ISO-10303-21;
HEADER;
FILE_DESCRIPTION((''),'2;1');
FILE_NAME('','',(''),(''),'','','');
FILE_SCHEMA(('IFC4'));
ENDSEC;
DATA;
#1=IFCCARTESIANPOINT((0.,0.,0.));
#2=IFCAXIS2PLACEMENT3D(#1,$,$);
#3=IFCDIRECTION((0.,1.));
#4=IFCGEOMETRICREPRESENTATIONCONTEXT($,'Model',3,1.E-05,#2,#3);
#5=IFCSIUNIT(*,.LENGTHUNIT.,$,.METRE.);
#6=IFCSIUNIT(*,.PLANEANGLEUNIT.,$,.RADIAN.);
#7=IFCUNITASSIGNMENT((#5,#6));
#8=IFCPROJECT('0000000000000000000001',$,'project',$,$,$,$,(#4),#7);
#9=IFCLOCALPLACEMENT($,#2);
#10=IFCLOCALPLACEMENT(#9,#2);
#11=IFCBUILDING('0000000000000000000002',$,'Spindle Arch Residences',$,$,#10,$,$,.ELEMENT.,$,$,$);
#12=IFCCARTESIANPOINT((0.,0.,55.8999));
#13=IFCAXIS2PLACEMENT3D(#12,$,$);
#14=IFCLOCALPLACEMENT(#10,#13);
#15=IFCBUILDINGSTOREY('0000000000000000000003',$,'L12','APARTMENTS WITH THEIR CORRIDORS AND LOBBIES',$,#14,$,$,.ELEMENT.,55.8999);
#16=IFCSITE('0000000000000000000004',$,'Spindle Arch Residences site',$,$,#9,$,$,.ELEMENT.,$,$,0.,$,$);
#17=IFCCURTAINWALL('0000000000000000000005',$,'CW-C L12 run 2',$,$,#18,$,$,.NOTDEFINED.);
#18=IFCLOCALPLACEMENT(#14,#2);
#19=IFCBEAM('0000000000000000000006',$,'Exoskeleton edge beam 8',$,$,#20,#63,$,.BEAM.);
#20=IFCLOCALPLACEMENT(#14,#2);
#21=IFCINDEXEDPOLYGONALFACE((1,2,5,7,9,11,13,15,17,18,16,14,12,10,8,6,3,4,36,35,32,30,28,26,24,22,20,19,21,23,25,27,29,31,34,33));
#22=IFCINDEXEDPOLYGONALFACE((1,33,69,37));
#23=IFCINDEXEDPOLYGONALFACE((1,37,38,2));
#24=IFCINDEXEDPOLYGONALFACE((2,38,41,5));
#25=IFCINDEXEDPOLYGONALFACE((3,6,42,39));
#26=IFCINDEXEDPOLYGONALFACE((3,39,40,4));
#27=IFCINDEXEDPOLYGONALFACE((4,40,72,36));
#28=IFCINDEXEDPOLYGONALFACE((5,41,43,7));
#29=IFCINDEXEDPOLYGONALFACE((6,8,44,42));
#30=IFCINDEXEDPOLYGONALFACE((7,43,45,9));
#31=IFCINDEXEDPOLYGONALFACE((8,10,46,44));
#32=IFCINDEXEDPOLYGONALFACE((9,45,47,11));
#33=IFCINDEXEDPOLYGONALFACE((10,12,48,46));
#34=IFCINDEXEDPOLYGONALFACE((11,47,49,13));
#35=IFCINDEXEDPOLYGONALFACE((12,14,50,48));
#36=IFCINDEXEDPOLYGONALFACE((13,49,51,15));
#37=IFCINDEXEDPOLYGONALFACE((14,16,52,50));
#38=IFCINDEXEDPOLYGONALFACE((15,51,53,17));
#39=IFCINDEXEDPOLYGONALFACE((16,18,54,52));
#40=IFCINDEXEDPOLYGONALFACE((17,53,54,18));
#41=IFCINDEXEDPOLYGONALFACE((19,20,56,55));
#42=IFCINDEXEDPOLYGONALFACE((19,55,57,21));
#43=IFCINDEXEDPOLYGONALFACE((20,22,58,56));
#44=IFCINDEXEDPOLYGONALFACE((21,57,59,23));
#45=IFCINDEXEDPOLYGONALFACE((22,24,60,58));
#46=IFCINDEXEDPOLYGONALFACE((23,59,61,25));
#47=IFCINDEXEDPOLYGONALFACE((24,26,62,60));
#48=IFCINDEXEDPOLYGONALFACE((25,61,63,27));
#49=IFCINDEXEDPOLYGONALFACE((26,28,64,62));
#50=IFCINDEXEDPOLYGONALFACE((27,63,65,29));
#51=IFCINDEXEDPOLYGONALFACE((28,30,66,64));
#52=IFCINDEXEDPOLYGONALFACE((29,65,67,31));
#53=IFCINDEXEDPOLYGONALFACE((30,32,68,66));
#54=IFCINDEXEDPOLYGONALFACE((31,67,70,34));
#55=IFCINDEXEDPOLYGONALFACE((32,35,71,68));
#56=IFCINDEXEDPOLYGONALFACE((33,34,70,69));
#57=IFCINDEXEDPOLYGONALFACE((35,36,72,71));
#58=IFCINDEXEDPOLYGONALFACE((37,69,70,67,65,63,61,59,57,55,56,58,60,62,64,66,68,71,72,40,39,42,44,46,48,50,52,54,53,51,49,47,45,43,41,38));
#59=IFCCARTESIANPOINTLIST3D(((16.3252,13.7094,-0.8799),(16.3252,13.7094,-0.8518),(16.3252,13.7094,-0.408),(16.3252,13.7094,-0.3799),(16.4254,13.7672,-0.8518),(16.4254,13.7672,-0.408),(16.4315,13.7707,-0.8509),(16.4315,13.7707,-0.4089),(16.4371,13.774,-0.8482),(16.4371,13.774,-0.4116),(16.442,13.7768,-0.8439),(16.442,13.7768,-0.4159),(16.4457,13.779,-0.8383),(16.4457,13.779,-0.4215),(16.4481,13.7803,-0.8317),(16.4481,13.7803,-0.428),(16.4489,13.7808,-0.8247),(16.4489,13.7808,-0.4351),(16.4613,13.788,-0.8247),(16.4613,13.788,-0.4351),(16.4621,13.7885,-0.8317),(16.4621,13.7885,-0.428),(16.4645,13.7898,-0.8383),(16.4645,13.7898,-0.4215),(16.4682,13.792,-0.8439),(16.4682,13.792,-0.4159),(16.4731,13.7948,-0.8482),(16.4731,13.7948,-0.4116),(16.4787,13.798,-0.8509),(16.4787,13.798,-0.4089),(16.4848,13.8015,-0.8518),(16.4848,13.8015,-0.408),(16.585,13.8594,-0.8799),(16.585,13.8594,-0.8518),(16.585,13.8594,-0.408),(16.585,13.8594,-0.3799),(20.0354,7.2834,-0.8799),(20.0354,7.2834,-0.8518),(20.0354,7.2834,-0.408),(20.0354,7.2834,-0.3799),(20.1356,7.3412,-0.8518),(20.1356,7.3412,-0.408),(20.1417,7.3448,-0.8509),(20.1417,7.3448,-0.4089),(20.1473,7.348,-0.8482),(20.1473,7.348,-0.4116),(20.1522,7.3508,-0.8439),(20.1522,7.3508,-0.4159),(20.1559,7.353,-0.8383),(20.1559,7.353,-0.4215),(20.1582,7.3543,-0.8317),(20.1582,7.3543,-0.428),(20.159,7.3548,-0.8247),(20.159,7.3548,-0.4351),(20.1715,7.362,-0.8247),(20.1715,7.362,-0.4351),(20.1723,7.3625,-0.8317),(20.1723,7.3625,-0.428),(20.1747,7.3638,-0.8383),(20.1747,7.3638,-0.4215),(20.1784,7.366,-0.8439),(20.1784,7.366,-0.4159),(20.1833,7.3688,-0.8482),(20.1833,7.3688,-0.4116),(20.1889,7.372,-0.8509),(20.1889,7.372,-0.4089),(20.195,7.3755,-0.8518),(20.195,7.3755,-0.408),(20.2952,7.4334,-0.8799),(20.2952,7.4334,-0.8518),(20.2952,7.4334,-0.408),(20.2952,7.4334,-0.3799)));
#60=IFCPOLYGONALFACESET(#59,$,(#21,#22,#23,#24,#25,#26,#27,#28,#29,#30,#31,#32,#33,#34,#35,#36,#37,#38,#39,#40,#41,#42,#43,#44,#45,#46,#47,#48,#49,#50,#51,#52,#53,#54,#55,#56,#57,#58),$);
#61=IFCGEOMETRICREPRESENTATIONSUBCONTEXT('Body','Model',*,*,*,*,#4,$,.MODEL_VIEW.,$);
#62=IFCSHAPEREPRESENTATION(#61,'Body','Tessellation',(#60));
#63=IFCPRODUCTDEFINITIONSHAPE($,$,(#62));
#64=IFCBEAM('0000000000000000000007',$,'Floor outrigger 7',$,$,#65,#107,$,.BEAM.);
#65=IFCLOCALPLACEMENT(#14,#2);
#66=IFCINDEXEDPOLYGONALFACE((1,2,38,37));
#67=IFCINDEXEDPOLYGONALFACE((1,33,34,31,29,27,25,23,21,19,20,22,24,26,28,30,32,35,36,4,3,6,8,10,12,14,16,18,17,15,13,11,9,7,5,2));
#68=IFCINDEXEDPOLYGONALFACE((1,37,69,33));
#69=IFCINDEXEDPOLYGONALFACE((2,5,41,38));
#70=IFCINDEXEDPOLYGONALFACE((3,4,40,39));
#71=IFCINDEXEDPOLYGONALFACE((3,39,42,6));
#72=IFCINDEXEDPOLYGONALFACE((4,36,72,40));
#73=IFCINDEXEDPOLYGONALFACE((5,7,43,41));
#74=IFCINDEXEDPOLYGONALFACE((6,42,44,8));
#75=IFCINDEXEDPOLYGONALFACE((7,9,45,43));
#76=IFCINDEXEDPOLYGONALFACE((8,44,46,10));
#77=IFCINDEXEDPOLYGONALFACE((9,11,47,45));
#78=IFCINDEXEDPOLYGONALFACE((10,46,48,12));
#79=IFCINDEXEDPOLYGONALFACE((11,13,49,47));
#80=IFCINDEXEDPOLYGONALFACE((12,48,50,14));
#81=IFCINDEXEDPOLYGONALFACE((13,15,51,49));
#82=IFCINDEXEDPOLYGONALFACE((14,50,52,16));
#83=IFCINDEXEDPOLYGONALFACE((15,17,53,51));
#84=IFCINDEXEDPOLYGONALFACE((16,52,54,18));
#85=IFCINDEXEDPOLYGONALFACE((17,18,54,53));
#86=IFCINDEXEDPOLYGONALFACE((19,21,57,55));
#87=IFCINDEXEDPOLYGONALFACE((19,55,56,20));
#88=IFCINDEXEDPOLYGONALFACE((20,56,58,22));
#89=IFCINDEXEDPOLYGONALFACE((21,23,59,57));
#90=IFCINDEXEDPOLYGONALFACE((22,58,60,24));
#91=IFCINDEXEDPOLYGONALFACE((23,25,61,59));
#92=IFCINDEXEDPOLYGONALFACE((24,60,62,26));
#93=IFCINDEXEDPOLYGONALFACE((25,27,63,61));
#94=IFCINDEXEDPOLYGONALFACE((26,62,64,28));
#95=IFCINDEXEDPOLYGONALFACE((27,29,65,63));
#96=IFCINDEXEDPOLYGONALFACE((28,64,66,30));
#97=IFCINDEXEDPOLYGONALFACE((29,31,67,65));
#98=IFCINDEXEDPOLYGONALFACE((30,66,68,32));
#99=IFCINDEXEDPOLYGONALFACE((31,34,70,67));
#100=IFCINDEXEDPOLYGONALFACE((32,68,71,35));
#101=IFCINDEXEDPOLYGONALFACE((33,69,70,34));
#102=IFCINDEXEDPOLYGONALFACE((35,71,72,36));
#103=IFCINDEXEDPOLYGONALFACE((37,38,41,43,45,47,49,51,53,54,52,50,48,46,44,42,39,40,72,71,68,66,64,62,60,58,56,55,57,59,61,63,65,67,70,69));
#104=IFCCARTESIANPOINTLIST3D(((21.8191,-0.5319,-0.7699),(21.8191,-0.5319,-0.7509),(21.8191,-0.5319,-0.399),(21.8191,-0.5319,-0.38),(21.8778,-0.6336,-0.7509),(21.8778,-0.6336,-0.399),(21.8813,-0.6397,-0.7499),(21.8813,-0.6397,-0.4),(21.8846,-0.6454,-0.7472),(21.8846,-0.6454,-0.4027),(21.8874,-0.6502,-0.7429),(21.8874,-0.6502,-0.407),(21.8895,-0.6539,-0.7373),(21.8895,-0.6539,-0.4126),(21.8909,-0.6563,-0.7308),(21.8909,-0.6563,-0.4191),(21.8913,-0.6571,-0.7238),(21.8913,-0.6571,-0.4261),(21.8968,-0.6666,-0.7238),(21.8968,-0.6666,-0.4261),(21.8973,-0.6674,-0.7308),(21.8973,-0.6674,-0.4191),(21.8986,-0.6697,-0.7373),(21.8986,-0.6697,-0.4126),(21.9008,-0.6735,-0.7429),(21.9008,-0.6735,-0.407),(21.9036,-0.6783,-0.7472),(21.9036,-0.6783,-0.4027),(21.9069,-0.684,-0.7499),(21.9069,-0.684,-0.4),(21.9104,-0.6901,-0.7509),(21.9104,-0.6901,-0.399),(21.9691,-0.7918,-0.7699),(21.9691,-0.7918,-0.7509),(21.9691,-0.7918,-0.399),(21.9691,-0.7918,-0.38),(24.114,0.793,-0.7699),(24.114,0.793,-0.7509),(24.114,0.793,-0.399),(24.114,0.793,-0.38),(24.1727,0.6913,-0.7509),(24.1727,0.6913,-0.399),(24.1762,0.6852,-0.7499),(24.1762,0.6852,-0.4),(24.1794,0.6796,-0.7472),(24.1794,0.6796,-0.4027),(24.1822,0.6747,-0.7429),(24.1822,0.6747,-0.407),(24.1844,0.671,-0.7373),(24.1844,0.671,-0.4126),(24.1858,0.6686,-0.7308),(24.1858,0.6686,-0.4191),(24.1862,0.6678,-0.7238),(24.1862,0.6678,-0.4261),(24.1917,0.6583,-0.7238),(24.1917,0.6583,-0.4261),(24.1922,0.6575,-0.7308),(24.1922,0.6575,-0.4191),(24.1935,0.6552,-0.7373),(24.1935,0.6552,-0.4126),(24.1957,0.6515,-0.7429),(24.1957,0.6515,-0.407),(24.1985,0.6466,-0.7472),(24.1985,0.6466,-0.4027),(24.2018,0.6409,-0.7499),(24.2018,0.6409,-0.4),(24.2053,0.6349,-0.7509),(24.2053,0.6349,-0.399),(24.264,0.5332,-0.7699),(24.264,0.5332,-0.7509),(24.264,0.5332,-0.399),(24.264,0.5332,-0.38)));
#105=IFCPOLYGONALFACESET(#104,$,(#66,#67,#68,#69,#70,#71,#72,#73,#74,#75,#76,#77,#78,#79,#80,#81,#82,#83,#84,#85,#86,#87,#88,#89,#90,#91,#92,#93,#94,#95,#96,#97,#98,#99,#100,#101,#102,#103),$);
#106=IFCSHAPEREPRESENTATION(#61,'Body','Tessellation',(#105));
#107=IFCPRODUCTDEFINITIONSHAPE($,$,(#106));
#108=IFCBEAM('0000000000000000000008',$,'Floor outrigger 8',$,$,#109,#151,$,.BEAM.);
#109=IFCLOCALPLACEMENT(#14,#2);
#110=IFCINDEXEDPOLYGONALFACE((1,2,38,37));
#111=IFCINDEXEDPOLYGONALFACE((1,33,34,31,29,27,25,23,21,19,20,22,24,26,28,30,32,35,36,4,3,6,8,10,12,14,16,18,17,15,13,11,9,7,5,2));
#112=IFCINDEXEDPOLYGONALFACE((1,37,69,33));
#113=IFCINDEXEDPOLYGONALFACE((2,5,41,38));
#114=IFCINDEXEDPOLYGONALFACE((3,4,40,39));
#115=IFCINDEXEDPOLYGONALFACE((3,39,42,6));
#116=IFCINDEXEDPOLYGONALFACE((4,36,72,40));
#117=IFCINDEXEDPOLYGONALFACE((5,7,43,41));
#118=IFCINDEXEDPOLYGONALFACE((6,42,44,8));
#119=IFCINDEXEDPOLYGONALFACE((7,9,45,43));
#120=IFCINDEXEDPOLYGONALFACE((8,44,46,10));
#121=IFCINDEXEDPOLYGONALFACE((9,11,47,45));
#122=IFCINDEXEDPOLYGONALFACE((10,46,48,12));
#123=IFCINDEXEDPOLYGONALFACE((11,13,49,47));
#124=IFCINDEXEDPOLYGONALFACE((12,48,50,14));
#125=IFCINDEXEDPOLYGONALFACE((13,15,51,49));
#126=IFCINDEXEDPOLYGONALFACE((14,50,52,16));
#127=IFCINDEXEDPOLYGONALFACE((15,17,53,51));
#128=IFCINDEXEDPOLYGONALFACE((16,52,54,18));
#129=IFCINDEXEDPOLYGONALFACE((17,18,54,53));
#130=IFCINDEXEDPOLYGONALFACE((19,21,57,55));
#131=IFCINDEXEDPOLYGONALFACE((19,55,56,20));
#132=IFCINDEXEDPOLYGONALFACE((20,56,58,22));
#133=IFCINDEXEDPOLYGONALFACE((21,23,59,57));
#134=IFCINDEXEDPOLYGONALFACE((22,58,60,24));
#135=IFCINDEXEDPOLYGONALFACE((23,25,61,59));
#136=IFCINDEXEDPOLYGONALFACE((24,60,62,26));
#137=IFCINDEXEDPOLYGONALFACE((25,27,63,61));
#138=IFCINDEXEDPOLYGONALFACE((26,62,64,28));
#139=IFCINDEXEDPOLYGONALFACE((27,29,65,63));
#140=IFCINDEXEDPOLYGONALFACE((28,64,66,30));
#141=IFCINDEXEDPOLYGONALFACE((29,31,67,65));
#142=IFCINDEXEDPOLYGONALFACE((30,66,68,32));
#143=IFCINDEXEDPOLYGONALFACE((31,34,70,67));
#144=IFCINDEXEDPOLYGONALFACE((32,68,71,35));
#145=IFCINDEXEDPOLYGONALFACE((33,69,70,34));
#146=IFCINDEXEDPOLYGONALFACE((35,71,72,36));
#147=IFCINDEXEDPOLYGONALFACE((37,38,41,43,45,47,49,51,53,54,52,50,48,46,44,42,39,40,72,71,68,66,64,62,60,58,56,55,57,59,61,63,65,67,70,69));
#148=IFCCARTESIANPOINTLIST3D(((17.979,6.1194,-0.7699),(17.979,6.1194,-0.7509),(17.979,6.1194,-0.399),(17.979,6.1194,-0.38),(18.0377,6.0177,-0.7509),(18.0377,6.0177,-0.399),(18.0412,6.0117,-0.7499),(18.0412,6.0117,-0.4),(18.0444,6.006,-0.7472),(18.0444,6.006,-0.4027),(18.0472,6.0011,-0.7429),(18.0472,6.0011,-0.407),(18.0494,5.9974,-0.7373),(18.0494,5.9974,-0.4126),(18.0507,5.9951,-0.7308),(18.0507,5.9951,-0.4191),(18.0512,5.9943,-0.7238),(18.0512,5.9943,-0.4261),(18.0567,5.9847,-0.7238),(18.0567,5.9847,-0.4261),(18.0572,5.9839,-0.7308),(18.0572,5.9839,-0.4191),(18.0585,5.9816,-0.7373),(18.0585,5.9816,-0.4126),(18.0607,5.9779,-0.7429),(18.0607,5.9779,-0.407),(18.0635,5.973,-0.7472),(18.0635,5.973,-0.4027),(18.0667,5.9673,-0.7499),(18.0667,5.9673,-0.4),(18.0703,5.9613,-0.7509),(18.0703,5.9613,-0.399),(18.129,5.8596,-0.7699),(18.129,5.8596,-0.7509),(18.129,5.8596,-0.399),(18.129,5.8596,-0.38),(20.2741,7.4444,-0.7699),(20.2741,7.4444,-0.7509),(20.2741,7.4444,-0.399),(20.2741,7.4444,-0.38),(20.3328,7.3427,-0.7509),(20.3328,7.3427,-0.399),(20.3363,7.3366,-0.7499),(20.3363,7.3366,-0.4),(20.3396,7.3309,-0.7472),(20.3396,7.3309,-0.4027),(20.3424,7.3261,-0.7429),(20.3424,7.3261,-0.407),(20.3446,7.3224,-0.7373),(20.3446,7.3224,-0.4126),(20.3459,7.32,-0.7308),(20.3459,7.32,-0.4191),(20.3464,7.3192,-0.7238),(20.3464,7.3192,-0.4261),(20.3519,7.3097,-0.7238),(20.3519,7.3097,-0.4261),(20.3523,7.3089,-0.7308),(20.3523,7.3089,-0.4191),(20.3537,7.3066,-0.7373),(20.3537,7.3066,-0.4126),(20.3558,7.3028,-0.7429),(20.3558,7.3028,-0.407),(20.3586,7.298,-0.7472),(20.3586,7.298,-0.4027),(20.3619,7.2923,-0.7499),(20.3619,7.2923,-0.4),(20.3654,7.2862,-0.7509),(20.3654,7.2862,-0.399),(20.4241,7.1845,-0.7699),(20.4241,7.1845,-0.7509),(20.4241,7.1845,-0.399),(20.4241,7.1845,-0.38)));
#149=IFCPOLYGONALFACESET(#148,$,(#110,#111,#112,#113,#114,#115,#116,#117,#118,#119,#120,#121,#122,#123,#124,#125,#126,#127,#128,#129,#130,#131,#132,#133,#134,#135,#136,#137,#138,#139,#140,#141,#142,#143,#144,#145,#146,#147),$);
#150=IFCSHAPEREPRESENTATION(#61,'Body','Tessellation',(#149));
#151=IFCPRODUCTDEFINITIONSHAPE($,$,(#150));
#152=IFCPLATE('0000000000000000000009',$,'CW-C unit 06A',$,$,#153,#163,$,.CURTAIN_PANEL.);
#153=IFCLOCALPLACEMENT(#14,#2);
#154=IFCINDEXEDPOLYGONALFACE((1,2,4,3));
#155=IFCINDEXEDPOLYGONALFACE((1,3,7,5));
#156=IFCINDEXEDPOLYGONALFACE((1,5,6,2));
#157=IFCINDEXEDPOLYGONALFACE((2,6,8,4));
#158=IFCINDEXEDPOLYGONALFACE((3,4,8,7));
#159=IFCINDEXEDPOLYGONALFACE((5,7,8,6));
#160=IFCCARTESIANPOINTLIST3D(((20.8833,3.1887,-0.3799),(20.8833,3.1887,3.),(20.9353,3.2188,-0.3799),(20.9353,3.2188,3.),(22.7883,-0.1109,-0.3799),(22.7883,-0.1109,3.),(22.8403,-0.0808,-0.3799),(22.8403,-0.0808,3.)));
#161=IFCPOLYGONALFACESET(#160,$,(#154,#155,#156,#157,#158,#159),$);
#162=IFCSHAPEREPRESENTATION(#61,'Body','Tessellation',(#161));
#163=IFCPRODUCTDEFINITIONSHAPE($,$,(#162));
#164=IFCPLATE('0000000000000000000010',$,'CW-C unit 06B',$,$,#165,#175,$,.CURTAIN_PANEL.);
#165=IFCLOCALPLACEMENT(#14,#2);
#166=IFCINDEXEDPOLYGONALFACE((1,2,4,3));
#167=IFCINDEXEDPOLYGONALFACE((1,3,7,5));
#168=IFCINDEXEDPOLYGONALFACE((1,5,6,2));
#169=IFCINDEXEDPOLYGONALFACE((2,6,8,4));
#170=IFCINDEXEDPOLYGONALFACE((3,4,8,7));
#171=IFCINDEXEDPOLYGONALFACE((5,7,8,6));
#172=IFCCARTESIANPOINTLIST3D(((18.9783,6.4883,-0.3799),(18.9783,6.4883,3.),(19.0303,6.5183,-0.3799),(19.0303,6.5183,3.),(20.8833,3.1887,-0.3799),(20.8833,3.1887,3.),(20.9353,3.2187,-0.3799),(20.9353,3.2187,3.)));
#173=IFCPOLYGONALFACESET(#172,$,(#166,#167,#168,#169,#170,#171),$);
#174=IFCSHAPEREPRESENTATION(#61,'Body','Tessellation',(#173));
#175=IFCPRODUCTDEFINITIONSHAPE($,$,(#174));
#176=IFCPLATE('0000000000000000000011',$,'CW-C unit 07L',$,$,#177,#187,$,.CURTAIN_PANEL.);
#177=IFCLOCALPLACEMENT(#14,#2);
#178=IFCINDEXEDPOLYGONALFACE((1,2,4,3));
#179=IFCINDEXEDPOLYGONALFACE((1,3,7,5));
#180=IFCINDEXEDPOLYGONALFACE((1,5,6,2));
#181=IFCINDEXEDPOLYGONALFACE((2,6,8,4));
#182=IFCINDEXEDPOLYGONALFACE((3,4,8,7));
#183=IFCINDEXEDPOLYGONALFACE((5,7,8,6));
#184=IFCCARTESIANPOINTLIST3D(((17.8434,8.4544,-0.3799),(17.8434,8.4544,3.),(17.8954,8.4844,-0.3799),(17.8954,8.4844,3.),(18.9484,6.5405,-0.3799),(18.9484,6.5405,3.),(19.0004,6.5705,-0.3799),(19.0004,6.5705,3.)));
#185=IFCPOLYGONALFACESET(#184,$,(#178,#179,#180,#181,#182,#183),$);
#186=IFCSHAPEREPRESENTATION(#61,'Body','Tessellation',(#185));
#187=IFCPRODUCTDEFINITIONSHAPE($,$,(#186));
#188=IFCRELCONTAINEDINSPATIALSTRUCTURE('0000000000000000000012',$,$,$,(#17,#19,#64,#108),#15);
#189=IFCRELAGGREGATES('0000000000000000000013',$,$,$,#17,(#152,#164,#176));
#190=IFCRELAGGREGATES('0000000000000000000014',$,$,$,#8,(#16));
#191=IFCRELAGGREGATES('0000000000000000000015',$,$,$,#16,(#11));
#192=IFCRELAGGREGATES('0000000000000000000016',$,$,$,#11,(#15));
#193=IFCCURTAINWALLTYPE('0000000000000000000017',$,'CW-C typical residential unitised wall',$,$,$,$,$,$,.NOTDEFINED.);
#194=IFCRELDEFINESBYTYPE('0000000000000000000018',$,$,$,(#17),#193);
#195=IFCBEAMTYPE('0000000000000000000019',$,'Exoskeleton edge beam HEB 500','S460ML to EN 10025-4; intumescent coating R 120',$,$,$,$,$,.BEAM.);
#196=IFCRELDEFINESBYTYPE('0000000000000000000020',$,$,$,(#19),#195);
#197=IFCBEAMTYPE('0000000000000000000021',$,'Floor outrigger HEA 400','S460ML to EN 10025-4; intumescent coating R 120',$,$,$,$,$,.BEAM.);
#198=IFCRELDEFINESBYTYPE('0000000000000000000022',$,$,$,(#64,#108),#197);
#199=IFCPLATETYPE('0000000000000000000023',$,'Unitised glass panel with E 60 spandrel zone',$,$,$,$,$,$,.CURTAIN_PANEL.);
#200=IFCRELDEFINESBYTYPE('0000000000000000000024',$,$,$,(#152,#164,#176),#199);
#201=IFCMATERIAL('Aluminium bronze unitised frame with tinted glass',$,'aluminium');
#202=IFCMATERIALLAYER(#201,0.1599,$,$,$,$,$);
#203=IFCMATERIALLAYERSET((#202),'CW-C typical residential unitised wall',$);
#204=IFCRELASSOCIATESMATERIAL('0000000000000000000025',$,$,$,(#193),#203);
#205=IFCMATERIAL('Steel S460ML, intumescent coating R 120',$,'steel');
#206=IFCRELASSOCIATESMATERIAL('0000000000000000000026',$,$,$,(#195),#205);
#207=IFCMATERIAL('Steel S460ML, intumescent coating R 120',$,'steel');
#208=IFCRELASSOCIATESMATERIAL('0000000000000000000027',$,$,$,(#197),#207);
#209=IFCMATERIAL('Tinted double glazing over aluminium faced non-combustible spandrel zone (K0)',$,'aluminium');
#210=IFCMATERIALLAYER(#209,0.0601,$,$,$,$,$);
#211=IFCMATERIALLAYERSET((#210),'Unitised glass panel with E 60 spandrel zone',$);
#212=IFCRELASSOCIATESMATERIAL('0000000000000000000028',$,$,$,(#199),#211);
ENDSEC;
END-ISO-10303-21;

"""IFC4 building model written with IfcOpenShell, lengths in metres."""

from ifc_helpers import new_model, si_unit, direction, frame, origin, origin_2d, place, context, subcontext, project, spatial, rectangle, i_section, extrude, material, layer, layer_set, material_profile, profile_set, type_object, element, aggregate, save


model = new_model("IFC4")

# Units and contexts
model_context = context("Model", 3, precision=1e-05, world=origin(), true_north=direction((0.0, 1.0)))
body_context = subcontext(model_context, "Body", "Model", "MODEL_VIEW")
ifc_project = project(units=[si_unit("LENGTHUNIT", "METRE"), si_unit("PLANEANGLEUNIT", "RADIAN")], contexts=[model_context])

# Site, building, storey
site_placement = place(None, origin())
site = spatial("IfcSite", under=ifc_project, at=site_placement, Name="Spindle Arch Residences site", CompositionType="ELEMENT", RefElevation=0.0)
building_placement = place(site_placement, origin())
building = spatial("IfcBuilding", under=site, at=building_placement, Name="Spindle Arch Residences", CompositionType="ELEMENT")
storey_placement = place(building_placement, frame((0.0, 0.0, 55.8999)))
storey = spatial("IfcBuildingStorey", under=building, at=storey_placement, Name="L12", Description="APARTMENTS WITH THEIR CORRIDORS AND LOBBIES", CompositionType="ELEMENT", Elevation=55.8999)

# Curtain wall
ifc_material_1 = material(Name="Aluminium bronze unitised frame with tinted glass", Category="aluminium")
ifc_layer_1 = layer(ifc_material_1, 0.1599)
ifc_layer_set_1 = layer_set([ifc_layer_1], Name="CW-C typical residential unitised wall")
curtain_wall_type = type_object("IfcCurtainWallType", Name="CW-C typical residential unitised wall", PredefinedType="NOTDEFINED", material=ifc_layer_set_1)
curtain_wall_placement = place(storey_placement, origin())
curtain_wall = element("IfcCurtainWall", 1, at=curtain_wall_placement, inside=storey, type_object=curtain_wall_type, Name="CW-C L12 run 2", PredefinedType="NOTDEFINED")

# Beams
ifc_material_2 = material(Name="Steel S460ML, intumescent coating R 120", Category="steel")
ifc_material_profile_1 = material_profile(ifc_material_2, i_section(OverallWidth=0.3, OverallDepth=0.5, WebThickness=0.0144, FlangeThickness=0.0281, FilletRadius=0.0271, at=origin_2d()), Name="HEB 500")
ifc_profile_set_1 = profile_set([ifc_material_profile_1], Name="Steel S460ML, intumescent coating R 120")
beam_type_1 = type_object("IfcBeamType", Name="Exoskeleton edge beam HEB 500", Description="S460ML to EN 10025-4; intumescent coating R 120", PredefinedType="BEAM", material=ifc_profile_set_1)
for number, where, z_axis, x_axis, name in (
    (2, (20.1653, 7.3584, -0.6299), (-0.500014, 0.866017, 0.0), (-0.866017, -0.500014, 0.0), "Exoskeleton edge beam 8"),
):
    element("IfcBeam", number, at=place(storey_placement, frame(where, z_axis=z_axis, x_axis=x_axis)), inside=storey, type_object=beam_type_1, Name=name, PredefinedType="BEAM", context=body_context, shape_type="SweptSolid", body=[
        extrude(i_section(OverallWidth=0.3, OverallDepth=0.5, WebThickness=0.0144, FlangeThickness=0.0281, FilletRadius=0.0271, at=origin_2d()), origin(), (0.0, 0.0, 1.0), 7.4202),
    ])
ifc_material_3 = material(Name="Steel S460ML, intumescent coating R 120", Category="steel")
ifc_material_profile_2 = material_profile(ifc_material_3, i_section(OverallWidth=0.3, OverallDepth=0.3899, WebThickness=0.011, FlangeThickness=0.019, FilletRadius=0.0271, at=origin_2d()), Name="HEA 400")
ifc_profile_set_2 = profile_set([ifc_material_profile_2], Name="Steel S460ML, intumescent coating R 120")
beam_type_2 = type_object("IfcBeamType", Name="Floor outrigger HEA 400", Description="S460ML to EN 10025-4; intumescent coating R 120", PredefinedType="BEAM", material=ifc_profile_set_2)
beam_1_placement = place(storey_placement, frame((24.189, 0.6631, -0.575), z_axis=(-0.866029, -0.499994, 0.0), x_axis=(0.499994, -0.866029, 0.0)))
element("IfcBeam", 3, at=beam_1_placement, inside=storey, type_object=beam_type_2, Name="Floor outrigger 7", PredefinedType="BEAM", context=body_context, shape_type="SweptSolid", body=[
    extrude(i_section(OverallWidth=0.3, OverallDepth=0.3899, WebThickness=0.011, FlangeThickness=0.019, FilletRadius=0.0271, at=origin_2d()), origin(), (0.0, 0.0, 1.0), 2.6499),
])
beam_2_placement = place(storey_placement, frame((20.3491, 7.3145, -0.575), z_axis=(-0.866052, -0.499954, 0.0), x_axis=(0.499954, -0.866052, 0.0)))
element("IfcBeam", 4, at=beam_2_placement, inside=storey, type_object=beam_type_2, Name="Floor outrigger 8", PredefinedType="BEAM", context=body_context, shape_type="SweptSolid", body=[
    extrude(i_section(OverallWidth=0.3, OverallDepth=0.3899, WebThickness=0.011, FlangeThickness=0.019, FilletRadius=0.0271, at=origin_2d()), origin(), (0.0, 0.0, 1.0), 2.6501),
])

# Plates
ifc_material_4 = material(Name="Tinted double glazing over aluminium faced non-combustible spandrel zone (K0)", Category="aluminium")
ifc_layer_2 = layer(ifc_material_4, 0.0601)
ifc_layer_set_2 = layer_set([ifc_layer_2], Name="Unitised glass panel with E 60 spandrel zone")
plate_type = type_object("IfcPlateType", Name="Unitised glass panel with E 60 spandrel zone", PredefinedType="CURTAIN_PANEL", material=ifc_layer_set_2)
plate_1_placement = place(storey_placement, frame((21.8618, 1.554, -0.3799), z_axis=(0.0, 0.0, 1.0), x_axis=(-0.5, 0.866025, 0.0)))
plate_1 = element("IfcPlate", 5, at=plate_1_placement, type_object=plate_type, Name="CW-C unit 06A", PredefinedType="CURTAIN_PANEL", context=body_context, shape_type="SweptSolid", body=[
    extrude(rectangle(XDim=3.8101, YDim=0.0601, at=origin_2d()), origin(), (0.0, 0.0, 1.0), 3.3799),
])
plate_2_placement = place(storey_placement, frame((19.9568, 4.8535, -0.3799), z_axis=(0.0, 0.0, 1.0), x_axis=(-0.5, 0.866025, 0.0)))
plate_2 = element("IfcPlate", 6, at=plate_2_placement, type_object=plate_type, Name="CW-C unit 06B", PredefinedType="CURTAIN_PANEL", context=body_context, shape_type="SweptSolid", body=[
    extrude(rectangle(XDim=3.8101, YDim=0.0601, at=origin_2d()), origin(), (0.0, 0.0, 1.0), 3.3799),
])
plate_3_placement = place(storey_placement, frame((18.4219, 7.5125, -0.3799), z_axis=(0.0, 0.0, 1.0), x_axis=(-0.5, 0.866025, 0.0)))
plate_3 = element("IfcPlate", 7, at=plate_3_placement, type_object=plate_type, Name="CW-C unit 07L", PredefinedType="CURTAIN_PANEL", context=body_context, shape_type="SweptSolid", body=[
    extrude(rectangle(XDim=2.21, YDim=0.0601, at=origin_2d()), origin(), (0.0, 0.0, 1.0), 3.3799),
])
aggregate(curtain_wall, [plate_1, plate_2, plate_3])

save(model, "model.ifc")
